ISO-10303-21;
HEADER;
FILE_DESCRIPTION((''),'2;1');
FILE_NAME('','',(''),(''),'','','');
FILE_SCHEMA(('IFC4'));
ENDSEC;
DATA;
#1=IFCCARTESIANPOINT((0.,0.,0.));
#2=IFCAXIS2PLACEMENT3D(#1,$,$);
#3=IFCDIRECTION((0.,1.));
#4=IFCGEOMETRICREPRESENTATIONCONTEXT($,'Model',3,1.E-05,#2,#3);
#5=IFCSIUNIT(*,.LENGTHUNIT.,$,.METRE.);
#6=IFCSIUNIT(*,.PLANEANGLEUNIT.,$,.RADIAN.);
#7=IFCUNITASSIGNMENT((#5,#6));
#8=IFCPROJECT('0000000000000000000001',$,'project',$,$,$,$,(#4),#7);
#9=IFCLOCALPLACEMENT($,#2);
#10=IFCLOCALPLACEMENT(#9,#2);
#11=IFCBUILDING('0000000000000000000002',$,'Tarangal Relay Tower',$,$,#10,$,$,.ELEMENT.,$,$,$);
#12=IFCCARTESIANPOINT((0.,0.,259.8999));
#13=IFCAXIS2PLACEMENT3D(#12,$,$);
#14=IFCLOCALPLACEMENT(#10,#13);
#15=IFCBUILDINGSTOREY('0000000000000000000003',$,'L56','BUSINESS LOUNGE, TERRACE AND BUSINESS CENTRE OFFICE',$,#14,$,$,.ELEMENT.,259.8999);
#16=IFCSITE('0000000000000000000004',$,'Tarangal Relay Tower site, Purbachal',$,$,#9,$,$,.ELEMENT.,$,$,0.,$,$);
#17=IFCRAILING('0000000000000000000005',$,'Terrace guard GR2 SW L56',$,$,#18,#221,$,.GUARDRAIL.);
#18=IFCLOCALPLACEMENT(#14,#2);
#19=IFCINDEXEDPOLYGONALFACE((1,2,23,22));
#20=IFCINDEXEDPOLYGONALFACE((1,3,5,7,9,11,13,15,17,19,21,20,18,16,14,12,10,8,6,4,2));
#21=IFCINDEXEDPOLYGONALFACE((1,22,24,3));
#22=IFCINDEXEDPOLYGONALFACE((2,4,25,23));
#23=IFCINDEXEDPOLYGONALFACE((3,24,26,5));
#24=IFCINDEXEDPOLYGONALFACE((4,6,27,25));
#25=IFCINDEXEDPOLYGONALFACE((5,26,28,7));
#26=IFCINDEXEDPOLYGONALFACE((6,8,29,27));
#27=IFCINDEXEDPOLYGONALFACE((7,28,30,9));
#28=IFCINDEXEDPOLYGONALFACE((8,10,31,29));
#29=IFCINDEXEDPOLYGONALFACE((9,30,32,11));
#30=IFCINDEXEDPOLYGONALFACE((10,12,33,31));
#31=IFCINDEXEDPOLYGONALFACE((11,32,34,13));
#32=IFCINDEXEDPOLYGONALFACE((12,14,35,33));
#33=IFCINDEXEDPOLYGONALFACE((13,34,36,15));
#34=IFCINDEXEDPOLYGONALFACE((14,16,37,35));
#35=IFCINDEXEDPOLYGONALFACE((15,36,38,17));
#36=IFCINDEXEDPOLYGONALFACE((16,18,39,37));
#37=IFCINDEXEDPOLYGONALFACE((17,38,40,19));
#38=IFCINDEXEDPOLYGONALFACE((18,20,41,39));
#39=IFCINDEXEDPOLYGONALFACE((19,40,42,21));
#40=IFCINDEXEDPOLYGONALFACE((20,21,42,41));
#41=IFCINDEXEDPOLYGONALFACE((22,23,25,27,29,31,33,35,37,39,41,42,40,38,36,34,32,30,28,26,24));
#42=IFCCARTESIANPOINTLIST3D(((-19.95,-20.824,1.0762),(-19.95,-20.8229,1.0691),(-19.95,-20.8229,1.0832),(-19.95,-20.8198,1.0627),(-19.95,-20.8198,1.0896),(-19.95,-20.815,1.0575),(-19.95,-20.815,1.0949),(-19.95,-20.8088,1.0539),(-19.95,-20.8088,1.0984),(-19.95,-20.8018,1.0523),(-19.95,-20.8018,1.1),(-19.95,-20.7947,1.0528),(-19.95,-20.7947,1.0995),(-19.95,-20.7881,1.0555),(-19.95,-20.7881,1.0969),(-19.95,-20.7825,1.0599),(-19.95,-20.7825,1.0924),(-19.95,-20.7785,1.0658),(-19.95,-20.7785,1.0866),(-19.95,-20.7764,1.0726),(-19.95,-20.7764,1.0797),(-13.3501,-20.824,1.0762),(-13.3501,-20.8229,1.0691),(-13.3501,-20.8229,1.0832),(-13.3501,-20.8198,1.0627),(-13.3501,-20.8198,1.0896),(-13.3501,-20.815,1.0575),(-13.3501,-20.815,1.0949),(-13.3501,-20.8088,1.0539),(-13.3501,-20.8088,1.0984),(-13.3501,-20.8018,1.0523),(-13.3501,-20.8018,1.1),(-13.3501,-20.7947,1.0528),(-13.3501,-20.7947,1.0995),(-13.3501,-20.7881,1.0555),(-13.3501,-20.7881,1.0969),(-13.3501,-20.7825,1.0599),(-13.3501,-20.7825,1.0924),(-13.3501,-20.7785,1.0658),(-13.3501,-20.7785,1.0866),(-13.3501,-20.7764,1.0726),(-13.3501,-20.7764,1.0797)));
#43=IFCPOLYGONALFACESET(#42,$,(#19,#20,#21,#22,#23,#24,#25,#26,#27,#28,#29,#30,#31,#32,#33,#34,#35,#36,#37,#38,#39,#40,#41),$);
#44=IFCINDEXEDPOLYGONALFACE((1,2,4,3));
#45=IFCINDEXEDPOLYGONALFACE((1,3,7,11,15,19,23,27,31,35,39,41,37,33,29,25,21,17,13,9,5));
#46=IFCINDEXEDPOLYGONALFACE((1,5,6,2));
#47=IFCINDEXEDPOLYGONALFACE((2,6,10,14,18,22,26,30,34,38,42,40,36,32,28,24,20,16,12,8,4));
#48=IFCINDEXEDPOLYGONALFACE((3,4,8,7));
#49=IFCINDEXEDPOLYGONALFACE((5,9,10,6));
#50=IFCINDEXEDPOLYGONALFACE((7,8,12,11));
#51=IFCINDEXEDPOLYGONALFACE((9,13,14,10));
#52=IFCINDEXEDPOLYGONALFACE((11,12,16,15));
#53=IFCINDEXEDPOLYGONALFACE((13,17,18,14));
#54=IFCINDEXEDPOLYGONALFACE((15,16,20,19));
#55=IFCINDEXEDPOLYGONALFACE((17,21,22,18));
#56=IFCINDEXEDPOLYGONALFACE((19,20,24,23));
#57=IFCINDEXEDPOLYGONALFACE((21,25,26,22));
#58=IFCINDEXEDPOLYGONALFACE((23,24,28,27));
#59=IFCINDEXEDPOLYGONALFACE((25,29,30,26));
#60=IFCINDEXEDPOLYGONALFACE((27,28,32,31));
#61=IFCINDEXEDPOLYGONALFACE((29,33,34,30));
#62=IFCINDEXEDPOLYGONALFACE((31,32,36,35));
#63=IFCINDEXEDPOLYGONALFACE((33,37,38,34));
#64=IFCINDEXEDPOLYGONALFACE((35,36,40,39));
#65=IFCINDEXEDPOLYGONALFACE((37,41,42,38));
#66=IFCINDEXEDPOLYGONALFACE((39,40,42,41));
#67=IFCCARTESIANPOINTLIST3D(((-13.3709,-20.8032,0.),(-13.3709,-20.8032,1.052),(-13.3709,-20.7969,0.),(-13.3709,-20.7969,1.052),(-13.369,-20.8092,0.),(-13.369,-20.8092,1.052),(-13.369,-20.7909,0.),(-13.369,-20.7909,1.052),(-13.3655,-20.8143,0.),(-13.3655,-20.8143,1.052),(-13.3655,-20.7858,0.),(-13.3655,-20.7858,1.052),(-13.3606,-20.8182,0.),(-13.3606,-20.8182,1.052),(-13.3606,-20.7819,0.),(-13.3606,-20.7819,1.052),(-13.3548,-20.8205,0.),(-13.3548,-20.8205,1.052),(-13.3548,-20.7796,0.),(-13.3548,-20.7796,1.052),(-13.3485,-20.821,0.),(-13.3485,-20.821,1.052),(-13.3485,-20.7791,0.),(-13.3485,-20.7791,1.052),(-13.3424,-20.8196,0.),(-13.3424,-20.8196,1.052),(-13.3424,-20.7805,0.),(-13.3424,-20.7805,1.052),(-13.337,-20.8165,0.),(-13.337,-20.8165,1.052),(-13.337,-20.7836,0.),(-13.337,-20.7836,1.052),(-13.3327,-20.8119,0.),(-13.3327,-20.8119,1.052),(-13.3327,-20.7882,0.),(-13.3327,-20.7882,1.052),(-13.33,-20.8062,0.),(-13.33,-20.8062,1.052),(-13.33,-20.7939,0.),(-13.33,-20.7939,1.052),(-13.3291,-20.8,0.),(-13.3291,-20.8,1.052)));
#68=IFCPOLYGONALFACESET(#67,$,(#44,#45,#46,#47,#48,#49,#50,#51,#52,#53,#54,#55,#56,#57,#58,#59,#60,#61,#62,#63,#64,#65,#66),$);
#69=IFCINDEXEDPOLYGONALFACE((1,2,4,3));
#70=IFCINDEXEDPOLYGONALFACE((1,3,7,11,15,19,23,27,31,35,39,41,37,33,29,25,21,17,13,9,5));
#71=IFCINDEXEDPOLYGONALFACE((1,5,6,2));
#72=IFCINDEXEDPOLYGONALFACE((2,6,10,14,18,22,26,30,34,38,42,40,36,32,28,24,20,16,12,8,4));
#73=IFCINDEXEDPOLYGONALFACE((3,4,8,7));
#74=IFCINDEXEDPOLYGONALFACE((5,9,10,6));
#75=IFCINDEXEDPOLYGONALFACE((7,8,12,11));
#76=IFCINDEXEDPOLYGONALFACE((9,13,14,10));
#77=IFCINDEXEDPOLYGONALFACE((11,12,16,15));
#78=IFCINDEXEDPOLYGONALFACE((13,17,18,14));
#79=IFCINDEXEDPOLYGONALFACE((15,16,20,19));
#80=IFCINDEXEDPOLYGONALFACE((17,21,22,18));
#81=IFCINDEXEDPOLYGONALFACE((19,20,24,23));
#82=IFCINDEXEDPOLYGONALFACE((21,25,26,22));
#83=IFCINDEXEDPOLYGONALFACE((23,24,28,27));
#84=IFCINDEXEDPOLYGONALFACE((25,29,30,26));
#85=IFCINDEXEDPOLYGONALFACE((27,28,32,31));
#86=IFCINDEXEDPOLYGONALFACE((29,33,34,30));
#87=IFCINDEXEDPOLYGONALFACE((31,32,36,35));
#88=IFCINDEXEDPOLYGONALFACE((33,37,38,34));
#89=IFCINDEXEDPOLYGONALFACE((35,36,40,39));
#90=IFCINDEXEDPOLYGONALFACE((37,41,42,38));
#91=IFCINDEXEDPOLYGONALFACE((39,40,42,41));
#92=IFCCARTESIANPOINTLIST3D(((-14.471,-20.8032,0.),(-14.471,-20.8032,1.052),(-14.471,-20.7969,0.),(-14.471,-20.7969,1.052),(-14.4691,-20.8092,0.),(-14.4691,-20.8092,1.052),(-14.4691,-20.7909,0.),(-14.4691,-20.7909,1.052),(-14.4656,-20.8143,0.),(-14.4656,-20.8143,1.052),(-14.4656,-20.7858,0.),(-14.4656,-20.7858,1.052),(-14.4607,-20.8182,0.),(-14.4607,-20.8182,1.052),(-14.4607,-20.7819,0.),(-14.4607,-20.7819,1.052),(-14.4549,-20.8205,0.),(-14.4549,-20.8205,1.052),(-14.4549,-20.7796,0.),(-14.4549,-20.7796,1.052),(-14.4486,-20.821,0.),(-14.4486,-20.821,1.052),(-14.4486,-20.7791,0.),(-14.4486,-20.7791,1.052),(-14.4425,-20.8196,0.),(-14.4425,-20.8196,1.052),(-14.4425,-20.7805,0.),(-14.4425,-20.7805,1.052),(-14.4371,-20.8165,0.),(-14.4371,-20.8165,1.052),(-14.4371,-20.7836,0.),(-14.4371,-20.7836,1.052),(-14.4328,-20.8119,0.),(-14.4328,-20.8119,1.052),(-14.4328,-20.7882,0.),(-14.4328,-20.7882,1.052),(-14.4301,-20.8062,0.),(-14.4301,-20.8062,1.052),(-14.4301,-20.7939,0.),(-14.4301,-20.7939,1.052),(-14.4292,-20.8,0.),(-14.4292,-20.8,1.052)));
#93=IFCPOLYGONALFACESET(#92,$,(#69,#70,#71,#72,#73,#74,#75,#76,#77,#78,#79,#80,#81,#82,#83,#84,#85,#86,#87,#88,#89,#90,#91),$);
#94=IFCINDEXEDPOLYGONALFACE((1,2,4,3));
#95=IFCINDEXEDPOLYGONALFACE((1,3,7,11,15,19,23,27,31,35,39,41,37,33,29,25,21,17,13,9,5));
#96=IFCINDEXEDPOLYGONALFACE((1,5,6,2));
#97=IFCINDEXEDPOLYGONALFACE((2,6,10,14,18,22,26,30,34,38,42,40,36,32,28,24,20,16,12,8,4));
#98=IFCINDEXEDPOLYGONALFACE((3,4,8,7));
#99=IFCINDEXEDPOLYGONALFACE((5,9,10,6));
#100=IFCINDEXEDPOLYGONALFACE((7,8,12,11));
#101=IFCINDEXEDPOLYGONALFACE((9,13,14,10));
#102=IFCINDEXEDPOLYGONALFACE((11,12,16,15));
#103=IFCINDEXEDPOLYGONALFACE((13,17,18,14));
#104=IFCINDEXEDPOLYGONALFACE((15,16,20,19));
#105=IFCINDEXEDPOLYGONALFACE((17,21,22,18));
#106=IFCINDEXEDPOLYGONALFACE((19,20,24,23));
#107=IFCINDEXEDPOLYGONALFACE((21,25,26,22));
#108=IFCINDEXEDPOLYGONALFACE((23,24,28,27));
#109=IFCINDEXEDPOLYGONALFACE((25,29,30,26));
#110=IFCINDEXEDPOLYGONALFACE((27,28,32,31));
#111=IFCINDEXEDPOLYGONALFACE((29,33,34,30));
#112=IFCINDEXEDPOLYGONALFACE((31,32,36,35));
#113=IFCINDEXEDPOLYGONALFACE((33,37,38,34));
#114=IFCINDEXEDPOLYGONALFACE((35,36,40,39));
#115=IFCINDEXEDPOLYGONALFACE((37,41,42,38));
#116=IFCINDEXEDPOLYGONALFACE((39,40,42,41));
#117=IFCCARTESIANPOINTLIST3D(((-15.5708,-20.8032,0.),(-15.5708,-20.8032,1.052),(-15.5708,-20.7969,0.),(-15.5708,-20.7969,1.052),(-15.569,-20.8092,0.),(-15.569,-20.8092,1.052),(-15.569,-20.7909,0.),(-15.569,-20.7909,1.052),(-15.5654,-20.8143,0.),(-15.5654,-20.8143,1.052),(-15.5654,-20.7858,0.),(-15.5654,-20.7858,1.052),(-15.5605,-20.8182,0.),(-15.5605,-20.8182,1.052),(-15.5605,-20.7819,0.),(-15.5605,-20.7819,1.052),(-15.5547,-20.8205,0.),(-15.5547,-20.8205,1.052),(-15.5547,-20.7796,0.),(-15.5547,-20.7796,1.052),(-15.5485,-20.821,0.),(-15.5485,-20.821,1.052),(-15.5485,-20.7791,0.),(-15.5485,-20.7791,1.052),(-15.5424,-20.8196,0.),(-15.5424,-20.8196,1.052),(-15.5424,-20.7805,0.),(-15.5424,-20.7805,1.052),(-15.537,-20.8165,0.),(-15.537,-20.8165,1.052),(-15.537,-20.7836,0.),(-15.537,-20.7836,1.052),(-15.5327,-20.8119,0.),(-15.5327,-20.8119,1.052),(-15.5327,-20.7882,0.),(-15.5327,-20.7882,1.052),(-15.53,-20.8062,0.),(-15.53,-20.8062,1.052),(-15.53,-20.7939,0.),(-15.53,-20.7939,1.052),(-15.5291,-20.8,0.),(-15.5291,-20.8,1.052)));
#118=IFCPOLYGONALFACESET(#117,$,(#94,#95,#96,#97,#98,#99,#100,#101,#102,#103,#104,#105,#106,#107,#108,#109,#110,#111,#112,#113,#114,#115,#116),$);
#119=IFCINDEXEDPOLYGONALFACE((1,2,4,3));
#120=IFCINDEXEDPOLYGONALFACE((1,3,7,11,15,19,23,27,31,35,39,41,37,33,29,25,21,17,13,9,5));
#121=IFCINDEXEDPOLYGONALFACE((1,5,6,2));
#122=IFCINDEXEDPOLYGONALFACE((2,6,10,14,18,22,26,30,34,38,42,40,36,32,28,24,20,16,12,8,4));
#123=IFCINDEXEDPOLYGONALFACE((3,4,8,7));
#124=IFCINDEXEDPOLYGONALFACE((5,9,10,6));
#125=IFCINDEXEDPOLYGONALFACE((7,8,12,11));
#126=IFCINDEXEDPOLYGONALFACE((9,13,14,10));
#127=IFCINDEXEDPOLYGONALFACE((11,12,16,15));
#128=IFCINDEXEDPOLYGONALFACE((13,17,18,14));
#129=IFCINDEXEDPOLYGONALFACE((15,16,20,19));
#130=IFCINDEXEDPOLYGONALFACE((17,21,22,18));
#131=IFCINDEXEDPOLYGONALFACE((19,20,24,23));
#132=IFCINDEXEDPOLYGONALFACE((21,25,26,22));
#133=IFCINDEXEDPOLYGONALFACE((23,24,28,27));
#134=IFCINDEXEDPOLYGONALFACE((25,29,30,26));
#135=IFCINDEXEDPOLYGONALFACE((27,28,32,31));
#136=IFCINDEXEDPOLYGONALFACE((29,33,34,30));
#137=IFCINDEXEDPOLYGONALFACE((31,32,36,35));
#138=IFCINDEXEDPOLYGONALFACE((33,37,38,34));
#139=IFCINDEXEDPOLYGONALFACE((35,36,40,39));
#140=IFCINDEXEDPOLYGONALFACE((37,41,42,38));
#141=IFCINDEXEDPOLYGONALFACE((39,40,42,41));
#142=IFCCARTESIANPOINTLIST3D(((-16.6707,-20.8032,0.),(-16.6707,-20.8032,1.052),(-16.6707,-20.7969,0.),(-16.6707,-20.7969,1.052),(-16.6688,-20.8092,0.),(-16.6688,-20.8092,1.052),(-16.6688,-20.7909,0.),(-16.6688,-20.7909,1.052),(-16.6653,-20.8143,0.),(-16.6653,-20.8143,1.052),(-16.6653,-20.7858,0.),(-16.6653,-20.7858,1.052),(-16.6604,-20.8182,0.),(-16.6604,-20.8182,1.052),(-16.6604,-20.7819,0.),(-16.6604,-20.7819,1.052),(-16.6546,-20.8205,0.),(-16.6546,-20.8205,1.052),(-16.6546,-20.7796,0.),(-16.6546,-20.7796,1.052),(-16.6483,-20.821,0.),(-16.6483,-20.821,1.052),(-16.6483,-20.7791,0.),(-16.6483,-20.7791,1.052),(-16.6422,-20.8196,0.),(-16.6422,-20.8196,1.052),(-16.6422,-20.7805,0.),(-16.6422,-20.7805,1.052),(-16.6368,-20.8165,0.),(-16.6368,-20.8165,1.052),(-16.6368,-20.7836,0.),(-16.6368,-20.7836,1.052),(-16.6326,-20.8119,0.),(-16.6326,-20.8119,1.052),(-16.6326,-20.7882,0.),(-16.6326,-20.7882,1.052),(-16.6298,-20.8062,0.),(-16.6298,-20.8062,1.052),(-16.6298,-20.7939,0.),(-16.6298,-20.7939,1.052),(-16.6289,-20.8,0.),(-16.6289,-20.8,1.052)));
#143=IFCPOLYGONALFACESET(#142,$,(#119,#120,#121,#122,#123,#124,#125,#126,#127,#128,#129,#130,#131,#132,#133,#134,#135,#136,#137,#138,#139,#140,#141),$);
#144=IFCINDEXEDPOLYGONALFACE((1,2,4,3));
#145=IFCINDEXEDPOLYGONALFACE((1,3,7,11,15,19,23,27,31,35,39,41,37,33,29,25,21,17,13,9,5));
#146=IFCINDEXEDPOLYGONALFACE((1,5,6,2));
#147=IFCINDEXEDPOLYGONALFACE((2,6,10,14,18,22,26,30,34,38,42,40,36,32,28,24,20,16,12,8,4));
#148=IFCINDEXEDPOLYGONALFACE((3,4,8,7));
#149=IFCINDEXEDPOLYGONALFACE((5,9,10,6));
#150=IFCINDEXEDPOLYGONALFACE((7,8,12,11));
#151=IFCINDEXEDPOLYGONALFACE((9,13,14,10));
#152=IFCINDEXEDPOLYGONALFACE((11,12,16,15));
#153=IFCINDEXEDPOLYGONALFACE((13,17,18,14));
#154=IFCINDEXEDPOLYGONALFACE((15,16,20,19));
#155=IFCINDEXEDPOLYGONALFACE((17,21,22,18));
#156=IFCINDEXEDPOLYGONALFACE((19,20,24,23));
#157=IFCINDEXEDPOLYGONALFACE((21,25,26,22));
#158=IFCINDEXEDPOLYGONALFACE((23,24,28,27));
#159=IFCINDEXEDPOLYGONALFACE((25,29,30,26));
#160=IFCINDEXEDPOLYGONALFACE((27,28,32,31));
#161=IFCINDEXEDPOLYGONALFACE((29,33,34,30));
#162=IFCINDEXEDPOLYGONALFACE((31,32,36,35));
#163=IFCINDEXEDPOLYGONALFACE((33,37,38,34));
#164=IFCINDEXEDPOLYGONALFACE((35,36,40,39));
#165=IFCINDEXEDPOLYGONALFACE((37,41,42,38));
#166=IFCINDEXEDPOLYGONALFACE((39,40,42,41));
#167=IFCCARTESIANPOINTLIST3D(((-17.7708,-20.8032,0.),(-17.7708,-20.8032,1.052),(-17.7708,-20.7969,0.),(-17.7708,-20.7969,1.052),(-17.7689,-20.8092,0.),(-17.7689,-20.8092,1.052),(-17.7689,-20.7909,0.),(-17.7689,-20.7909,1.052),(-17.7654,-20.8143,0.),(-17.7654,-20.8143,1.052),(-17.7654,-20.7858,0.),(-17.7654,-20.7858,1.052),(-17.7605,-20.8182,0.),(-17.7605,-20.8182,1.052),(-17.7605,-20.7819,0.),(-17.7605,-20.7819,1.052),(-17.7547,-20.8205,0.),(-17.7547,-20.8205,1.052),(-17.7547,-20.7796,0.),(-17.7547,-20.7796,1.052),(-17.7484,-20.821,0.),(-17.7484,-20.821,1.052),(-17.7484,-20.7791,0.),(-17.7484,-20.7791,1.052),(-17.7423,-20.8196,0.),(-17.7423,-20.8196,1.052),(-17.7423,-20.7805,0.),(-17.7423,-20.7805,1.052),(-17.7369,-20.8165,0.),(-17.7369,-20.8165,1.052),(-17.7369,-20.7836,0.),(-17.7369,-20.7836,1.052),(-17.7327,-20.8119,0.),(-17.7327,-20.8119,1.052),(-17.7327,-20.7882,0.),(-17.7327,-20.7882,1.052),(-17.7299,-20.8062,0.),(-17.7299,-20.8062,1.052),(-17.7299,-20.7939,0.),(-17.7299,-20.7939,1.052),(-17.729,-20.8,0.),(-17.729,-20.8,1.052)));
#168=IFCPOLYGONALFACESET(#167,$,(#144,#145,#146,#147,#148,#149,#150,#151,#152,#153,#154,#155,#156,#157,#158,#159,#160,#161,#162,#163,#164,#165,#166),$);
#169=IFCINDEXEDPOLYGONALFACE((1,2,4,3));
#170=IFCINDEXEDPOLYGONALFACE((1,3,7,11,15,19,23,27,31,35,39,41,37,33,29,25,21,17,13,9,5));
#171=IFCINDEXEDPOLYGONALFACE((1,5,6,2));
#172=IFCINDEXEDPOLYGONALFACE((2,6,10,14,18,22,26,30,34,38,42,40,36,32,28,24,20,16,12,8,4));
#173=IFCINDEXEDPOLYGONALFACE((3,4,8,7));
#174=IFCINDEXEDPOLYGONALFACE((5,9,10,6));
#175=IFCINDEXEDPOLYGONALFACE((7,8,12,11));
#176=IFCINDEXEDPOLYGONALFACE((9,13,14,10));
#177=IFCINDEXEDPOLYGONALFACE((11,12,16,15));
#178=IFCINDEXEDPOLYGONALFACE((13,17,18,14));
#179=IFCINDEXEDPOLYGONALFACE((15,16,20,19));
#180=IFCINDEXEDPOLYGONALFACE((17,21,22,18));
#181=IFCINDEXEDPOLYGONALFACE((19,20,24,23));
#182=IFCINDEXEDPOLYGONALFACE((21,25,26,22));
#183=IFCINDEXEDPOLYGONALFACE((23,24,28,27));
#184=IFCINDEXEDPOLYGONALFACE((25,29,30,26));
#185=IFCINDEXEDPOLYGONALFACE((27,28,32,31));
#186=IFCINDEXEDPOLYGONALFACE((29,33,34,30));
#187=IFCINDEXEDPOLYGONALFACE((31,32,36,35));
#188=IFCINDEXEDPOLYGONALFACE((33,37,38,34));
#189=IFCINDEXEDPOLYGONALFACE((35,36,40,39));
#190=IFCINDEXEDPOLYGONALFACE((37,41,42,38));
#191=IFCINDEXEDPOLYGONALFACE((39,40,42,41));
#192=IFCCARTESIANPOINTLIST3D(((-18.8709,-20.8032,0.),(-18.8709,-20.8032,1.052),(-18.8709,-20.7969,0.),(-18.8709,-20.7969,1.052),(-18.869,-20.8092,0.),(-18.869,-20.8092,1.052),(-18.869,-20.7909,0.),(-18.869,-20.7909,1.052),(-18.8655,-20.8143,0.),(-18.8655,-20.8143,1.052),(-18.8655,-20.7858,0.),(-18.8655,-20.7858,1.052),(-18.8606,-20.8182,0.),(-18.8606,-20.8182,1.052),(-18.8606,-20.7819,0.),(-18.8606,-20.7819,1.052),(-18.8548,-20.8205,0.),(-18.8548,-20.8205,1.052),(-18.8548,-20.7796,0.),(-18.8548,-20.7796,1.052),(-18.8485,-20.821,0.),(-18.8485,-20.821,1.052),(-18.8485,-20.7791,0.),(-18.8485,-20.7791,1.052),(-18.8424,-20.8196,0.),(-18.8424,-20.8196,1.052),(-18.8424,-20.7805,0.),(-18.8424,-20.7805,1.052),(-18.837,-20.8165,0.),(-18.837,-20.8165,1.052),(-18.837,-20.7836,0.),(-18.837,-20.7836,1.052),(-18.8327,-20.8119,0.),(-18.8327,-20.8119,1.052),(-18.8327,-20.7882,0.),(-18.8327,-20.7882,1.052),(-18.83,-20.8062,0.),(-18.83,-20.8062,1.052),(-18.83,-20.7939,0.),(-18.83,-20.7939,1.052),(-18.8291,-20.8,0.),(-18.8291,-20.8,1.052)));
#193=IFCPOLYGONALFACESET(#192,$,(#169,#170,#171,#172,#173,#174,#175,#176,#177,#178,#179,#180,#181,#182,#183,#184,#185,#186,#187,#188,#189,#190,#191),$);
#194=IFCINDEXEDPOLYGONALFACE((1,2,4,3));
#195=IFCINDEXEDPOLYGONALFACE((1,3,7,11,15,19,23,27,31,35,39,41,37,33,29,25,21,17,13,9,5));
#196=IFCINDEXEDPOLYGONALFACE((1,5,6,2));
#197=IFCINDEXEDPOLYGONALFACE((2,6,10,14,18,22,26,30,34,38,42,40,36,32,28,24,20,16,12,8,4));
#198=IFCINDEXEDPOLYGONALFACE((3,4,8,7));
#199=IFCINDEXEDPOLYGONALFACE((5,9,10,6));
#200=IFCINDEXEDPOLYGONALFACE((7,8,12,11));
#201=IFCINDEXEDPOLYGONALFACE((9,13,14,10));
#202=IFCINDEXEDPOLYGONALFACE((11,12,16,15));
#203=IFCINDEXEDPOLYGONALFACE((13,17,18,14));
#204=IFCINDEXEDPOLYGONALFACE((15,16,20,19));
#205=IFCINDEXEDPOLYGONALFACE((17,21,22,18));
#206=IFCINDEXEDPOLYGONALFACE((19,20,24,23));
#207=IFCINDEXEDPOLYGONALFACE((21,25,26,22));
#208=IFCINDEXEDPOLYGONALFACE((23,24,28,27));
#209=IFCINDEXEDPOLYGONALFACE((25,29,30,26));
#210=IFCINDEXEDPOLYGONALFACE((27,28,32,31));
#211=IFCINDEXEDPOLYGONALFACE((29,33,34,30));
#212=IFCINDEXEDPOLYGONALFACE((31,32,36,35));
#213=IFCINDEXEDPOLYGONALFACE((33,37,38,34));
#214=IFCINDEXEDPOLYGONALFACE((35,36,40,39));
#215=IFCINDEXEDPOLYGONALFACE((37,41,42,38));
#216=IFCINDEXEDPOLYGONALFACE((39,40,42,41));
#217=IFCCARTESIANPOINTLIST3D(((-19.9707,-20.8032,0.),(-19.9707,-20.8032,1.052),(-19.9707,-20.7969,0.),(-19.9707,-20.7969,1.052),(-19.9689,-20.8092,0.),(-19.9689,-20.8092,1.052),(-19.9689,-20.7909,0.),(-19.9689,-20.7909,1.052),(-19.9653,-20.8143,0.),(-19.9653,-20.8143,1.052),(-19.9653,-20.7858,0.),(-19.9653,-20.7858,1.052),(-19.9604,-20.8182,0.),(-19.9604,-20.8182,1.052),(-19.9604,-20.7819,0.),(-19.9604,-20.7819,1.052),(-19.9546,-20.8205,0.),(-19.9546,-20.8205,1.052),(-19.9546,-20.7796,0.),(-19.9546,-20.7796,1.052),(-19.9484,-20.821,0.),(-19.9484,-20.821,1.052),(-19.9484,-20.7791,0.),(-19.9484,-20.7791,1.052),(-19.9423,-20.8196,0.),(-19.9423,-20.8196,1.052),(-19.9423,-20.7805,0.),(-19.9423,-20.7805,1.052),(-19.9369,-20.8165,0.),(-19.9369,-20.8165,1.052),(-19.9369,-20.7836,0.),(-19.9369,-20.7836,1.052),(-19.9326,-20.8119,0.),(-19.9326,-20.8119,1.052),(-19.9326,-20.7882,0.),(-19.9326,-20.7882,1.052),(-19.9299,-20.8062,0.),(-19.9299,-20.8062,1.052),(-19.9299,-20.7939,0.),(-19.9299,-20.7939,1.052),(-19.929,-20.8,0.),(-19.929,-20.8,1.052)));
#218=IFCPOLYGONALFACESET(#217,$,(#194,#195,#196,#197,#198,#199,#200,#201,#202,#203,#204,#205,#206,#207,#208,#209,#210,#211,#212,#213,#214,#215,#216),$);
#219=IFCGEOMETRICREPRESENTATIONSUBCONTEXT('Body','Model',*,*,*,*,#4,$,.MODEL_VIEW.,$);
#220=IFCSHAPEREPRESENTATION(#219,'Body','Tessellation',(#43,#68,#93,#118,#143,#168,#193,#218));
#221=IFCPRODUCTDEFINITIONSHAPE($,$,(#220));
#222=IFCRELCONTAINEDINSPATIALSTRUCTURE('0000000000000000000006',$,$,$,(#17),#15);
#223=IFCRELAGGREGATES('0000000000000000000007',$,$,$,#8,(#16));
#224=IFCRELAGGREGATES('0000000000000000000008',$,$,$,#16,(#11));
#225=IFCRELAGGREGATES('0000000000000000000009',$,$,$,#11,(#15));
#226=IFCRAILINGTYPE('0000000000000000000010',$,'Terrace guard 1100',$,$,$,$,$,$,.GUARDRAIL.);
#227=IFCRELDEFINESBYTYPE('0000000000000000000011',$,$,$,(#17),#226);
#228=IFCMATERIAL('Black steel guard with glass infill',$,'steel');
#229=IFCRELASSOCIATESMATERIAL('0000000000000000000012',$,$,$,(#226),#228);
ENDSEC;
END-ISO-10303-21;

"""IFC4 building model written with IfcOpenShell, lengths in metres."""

from ifc_helpers import new_model, si_unit, direction, frame, origin, origin_2d, place, context, subcontext, project, spatial, circle, extrude, material, type_object, element, save


model = new_model("IFC4")

# Units and contexts
model_context = context("Model", 3, precision=1e-05, world=origin(), true_north=direction((0.0, 1.0)))
body_context = subcontext(model_context, "Body", "Model", "MODEL_VIEW")
ifc_project = project(units=[si_unit("LENGTHUNIT", "METRE"), si_unit("PLANEANGLEUNIT", "RADIAN")], contexts=[model_context])

# Site, building, storey
site_placement = place(None, origin())
site = spatial("IfcSite", under=ifc_project, at=site_placement, Name="Tarangal Relay Tower site, Purbachal", CompositionType="ELEMENT", RefElevation=0.0)
building_placement = place(site_placement, origin())
building = spatial("IfcBuilding", under=site, at=building_placement, Name="Tarangal Relay Tower", CompositionType="ELEMENT")
storey_placement = place(building_placement, frame((0.0, 0.0, 259.8999)))
storey = spatial("IfcBuildingStorey", under=building, at=storey_placement, Name="L56", Description="BUSINESS LOUNGE, TERRACE AND BUSINESS CENTRE OFFICE", CompositionType="ELEMENT", Elevation=259.8999)

# Railing
ifc_material_1 = material(Name="Black steel guard with glass infill", Category="steel")
railing_type = type_object("IfcRailingType", Name="Terrace guard 1100", PredefinedType="GUARDRAIL", material=ifc_material_1)
railing_1_placement = place(storey_placement, frame((-13.3501, -20.8, 0.0)))
element("IfcRailing", 1, at=railing_1_placement, inside=storey, type_object=railing_type, Name="Terrace guard GR2 SW L56", PredefinedType="GUARDRAIL", context=body_context, shape_type="SweptSolid", body=[
    extrude(circle(Radius=0.0239, at=origin_2d()), frame((0.0, 0.0, 1.0762), z_axis=(-1.0, 0.0, 0.0), x_axis=(0.0, -1.0, 0.0)), (0.0, 0.0, 1.0), 6.5999),
    extrude(circle(Radius=0.021, at=origin_2d()), origin(), (0.0, 0.0, 1.0), 1.052),
    extrude(circle(Radius=0.021, at=origin_2d()), frame((-1.1001, 0.0, 0.0)), (0.0, 0.0, 1.0), 1.052),
    extrude(circle(Radius=0.021, at=origin_2d()), frame((-2.2, 0.0, 0.0)), (0.0, 0.0, 1.0), 1.052),
    extrude(circle(Radius=0.021, at=origin_2d()), frame((-3.2998, 0.0, 0.0)), (0.0, 0.0, 1.0), 1.052),
    extrude(circle(Radius=0.021, at=origin_2d()), frame((-4.3999, 0.0, 0.0)), (0.0, 0.0, 1.0), 1.052),
    extrude(circle(Radius=0.021, at=origin_2d()), frame((-5.5, 0.0, 0.0)), (0.0, 0.0, 1.0), 1.052),
    extrude(circle(Radius=0.021, at=origin_2d()), frame((-6.5999, 0.0, 0.0)), (0.0, 0.0, 1.0), 1.052),
])

save(model, "model.ifc")
